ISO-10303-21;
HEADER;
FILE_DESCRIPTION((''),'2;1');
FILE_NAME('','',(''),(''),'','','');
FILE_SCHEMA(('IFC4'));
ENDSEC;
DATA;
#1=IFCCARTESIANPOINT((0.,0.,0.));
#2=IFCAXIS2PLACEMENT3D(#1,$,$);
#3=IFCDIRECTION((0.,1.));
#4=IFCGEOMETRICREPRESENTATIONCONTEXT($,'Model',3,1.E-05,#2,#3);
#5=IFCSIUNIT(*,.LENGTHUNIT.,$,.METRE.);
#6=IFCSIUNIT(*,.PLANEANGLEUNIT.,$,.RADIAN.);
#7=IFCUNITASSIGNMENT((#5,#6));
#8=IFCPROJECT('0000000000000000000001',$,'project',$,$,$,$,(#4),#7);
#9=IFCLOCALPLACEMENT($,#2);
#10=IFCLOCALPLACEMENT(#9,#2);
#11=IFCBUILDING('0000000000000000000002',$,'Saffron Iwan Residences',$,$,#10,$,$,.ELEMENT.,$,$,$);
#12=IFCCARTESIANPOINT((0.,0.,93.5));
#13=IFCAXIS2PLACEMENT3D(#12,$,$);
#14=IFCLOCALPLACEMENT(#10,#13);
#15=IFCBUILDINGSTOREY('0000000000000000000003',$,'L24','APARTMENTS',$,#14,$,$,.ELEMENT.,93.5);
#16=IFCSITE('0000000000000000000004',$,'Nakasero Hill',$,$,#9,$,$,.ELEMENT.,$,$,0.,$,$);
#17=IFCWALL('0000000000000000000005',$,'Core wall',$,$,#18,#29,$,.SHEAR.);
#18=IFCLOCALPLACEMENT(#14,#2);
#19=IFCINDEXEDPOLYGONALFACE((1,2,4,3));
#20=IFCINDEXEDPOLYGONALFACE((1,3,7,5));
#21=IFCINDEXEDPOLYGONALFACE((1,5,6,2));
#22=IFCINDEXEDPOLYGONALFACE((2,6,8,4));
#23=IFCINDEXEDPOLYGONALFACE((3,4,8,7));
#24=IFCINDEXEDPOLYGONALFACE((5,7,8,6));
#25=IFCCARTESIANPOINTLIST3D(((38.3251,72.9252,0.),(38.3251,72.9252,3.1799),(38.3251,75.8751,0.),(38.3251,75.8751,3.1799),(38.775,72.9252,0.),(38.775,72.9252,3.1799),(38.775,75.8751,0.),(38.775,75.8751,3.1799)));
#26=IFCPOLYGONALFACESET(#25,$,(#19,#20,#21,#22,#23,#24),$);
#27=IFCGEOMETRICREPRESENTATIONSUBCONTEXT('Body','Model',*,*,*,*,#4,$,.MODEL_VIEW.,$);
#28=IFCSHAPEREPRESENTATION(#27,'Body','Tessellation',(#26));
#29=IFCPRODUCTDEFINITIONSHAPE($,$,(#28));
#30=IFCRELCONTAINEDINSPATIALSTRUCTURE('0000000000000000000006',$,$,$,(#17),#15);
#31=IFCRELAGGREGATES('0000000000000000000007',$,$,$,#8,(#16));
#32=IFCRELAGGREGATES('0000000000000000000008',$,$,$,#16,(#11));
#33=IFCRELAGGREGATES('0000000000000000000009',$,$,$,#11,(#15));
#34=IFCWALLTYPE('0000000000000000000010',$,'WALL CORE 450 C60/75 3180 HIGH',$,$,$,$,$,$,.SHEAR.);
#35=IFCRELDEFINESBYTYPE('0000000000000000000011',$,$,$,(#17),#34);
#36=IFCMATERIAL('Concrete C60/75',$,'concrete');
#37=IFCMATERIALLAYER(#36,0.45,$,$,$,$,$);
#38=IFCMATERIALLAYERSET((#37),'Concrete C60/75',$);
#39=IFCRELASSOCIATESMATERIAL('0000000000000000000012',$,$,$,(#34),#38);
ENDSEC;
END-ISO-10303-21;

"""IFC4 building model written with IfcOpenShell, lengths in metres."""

from ifc_helpers import new_model, si_unit, direction, frame, frame_2d, origin, place, context, subcontext, project, spatial, rectangle, extrude, material, layer, layer_set, type_object, element, save


model = new_model("IFC4")

# Units and contexts
model_context = context("Model", 3, precision=1e-05, world=origin(), true_north=direction((0.0, 1.0)))
body_context = subcontext(model_context, "Body", "Model", "MODEL_VIEW")
ifc_project = project(units=[si_unit("LENGTHUNIT", "METRE"), si_unit("PLANEANGLEUNIT", "RADIAN")], contexts=[model_context])

# Site, building, storey
site_placement = place(None, origin())
site = spatial("IfcSite", under=ifc_project, at=site_placement, Name="Nakasero Hill", CompositionType="ELEMENT", RefElevation=0.0)
building_placement = place(site_placement, origin())
building = spatial("IfcBuilding", under=site, at=building_placement, Name="Saffron Iwan Residences", CompositionType="ELEMENT")
storey_placement = place(building_placement, frame((0.0, 0.0, 93.5)))
storey = spatial("IfcBuildingStorey", under=building, at=storey_placement, Name="L24", Description="APARTMENTS", CompositionType="ELEMENT", Elevation=93.5)

# Shared definitions
ifc_material_1 = material(Name="Concrete C60/75", Category="concrete")
ifc_layer = layer(ifc_material_1, 0.45)
ifc_layer_set = layer_set([ifc_layer], Name="Concrete C60/75")
wall_type = type_object("IfcWallType", Name="WALL CORE 450 C60/75 3180 HIGH", PredefinedType="SHEAR", material=ifc_layer_set)

# Wall
for number, where, z_axis, x_axis, name in (
    (1, (38.55, 72.925, 0.0), (0.0, 0.0, 1.0), (0.0, 1.0, 0.0), "Core wall"),
):
    element("IfcWall", number, at=place(storey_placement, frame(where, z_axis=z_axis, x_axis=x_axis)), inside=storey, type_object=wall_type, Name=name, PredefinedType="SHEAR", context=body_context, shape_type="SweptSolid", body=[
        extrude(rectangle(XDim=2.95, YDim=0.45, at=frame_2d((1.4751, 0.0))), origin(), (0.0, 0.0, 1.0), 3.1799),
    ])

save(model, "model.ifc")
